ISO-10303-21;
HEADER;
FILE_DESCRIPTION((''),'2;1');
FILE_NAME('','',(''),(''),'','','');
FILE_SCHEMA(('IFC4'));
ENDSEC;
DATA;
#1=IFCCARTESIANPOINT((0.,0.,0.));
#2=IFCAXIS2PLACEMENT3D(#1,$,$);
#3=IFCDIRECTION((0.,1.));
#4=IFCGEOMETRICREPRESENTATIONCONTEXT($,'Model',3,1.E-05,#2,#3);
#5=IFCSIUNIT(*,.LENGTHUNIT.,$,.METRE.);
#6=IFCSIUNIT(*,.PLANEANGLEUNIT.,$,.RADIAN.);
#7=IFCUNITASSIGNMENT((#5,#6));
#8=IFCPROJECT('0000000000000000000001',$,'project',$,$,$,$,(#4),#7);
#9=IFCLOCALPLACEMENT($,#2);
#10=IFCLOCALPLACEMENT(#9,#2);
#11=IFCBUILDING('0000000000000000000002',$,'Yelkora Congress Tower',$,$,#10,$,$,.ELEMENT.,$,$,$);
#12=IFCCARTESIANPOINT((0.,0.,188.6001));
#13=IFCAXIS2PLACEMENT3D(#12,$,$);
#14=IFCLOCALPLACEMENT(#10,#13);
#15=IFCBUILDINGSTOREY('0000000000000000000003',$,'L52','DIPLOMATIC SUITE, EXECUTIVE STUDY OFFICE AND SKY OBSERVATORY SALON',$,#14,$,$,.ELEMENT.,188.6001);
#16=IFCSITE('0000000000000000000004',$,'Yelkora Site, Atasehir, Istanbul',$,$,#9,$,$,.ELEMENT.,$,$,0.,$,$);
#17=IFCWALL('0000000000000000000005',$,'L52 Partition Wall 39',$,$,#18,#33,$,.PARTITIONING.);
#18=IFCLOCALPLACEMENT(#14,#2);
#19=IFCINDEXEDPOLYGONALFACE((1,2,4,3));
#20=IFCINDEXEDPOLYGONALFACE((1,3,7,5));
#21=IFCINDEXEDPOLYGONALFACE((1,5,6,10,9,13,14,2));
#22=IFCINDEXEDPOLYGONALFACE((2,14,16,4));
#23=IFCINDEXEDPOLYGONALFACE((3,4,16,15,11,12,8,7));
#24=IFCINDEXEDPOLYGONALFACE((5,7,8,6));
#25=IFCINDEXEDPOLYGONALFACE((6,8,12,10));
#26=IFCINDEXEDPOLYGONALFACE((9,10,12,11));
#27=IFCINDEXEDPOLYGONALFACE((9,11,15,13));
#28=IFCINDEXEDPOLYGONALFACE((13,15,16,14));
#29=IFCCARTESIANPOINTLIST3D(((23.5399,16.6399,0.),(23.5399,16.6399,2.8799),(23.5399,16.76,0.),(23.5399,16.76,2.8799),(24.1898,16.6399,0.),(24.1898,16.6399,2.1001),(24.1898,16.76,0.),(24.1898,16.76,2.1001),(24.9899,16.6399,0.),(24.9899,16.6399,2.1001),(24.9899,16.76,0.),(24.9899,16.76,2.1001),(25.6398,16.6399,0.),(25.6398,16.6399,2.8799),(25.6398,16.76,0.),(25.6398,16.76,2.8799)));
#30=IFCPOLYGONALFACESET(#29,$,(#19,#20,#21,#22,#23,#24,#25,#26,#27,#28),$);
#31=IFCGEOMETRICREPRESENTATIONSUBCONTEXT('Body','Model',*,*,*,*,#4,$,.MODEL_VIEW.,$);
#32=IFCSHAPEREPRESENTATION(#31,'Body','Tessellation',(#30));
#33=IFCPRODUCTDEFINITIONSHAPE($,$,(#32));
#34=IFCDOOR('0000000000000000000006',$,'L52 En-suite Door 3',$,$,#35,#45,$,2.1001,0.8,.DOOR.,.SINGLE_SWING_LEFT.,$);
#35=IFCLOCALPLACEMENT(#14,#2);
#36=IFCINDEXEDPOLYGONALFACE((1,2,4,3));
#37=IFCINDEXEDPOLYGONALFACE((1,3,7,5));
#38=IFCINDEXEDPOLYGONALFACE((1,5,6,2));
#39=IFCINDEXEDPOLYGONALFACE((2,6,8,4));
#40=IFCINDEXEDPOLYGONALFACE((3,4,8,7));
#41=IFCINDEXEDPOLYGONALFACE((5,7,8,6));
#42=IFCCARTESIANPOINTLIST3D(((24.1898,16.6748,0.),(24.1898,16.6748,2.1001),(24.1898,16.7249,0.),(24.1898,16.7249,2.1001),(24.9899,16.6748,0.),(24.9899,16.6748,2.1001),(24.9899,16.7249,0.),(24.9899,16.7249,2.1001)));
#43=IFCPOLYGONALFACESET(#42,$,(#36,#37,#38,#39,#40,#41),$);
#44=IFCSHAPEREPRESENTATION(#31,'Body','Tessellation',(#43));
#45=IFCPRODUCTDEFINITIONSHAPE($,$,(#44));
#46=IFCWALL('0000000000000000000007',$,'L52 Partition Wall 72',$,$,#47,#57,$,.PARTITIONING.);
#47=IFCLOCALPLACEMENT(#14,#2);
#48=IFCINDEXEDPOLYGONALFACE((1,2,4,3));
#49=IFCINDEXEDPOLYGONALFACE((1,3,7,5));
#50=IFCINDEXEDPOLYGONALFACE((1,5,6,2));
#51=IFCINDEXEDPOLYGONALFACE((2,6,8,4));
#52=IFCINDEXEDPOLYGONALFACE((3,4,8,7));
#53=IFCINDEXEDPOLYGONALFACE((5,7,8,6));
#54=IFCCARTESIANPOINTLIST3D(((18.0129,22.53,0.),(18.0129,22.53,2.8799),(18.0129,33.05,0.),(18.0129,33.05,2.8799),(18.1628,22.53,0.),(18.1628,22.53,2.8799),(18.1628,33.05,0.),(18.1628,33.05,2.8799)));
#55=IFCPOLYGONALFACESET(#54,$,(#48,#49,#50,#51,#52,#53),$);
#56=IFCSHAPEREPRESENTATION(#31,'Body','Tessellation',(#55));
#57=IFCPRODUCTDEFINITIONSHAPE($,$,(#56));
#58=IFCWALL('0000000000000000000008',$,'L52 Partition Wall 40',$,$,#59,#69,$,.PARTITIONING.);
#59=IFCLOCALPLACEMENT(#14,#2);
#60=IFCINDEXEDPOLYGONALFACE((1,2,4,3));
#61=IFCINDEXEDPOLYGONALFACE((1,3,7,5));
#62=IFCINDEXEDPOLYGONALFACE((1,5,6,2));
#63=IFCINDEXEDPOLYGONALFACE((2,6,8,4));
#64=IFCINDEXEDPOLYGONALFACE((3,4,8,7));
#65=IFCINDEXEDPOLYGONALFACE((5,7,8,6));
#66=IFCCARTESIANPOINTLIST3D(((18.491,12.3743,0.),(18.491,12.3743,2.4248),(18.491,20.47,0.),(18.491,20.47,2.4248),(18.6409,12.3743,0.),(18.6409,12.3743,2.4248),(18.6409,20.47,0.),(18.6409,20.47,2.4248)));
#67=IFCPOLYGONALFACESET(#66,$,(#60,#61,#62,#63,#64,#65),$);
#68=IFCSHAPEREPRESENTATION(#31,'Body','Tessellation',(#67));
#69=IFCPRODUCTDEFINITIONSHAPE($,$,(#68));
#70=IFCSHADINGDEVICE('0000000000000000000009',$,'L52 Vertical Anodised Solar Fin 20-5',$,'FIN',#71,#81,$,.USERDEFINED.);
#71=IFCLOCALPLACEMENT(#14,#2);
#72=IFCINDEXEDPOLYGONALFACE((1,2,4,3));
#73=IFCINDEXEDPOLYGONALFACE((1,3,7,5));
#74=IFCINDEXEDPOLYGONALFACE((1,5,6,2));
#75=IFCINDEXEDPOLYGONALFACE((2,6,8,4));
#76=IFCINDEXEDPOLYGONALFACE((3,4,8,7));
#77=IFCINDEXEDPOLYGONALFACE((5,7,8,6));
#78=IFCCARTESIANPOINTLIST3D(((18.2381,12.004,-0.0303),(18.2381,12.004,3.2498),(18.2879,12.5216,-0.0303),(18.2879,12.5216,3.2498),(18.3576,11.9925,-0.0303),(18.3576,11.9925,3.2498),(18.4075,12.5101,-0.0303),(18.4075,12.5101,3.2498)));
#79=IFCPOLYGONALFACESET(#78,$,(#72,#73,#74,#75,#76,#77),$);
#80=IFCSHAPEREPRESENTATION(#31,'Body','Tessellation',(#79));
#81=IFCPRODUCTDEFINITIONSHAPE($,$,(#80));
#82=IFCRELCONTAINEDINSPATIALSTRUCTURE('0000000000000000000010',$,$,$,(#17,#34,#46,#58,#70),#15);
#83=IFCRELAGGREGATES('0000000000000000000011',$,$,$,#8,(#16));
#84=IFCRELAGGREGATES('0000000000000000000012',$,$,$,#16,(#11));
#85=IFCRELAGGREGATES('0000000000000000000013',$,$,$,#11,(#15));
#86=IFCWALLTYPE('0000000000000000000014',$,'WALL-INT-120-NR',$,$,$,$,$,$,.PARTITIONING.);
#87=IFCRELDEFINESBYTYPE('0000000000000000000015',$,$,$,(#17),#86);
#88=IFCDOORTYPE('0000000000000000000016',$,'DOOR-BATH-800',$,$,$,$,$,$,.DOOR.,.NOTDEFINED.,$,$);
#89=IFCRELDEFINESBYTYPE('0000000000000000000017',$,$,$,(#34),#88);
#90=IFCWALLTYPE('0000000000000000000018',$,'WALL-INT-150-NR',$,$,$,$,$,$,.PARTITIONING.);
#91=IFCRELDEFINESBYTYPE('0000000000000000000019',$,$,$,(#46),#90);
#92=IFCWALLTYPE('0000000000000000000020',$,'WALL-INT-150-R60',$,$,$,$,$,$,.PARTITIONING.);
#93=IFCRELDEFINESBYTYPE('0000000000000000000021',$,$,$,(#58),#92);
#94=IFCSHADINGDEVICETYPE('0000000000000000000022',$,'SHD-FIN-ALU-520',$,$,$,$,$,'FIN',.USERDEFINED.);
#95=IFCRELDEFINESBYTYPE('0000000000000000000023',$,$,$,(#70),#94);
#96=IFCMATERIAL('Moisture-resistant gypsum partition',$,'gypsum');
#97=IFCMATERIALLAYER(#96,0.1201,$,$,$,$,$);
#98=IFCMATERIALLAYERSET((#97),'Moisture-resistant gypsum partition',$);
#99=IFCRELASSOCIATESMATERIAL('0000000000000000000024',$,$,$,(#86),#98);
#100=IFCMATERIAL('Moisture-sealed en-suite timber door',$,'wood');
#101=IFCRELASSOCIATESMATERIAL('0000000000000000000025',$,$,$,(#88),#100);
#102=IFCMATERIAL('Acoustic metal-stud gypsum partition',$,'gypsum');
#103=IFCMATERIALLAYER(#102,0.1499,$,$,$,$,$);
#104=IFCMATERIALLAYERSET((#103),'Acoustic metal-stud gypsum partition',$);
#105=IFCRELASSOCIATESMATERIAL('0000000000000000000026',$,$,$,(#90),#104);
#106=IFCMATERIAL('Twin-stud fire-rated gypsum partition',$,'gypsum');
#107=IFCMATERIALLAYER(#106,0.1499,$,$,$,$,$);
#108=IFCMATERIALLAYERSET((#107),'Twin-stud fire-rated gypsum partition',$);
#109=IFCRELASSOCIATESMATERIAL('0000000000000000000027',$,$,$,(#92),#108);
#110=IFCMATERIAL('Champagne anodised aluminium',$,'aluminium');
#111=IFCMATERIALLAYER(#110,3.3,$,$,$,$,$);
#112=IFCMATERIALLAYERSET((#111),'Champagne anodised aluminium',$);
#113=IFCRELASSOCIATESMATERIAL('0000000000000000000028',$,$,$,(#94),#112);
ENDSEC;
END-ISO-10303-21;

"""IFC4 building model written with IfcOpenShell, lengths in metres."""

from ifc_helpers import new_model, si_unit, direction, frame, frame_2d, origin, origin_2d, place, context, subcontext, project, spatial, rectangle, extrude, material, layer, layer_set, type_object, element, fill, save


model = new_model("IFC4")

# Units and contexts
model_context = context("Model", 3, precision=1e-05, world=origin(), true_north=direction((0.0, 1.0)))
body_context = subcontext(model_context, "Body", "Model", "MODEL_VIEW")
ifc_project = project(units=[si_unit("LENGTHUNIT", "METRE"), si_unit("PLANEANGLEUNIT", "RADIAN")], contexts=[model_context])

# Site, building, storey
site_placement = place(None, origin())
site = spatial("IfcSite", under=ifc_project, at=site_placement, Name="Yelkora Site, Atasehir, Istanbul", CompositionType="ELEMENT", RefElevation=0.0)
building_placement = place(site_placement, origin())
building = spatial("IfcBuilding", under=site, at=building_placement, Name="Yelkora Congress Tower", CompositionType="ELEMENT")
storey_placement = place(building_placement, frame((0.0, 0.0, 188.6001)))
storey = spatial("IfcBuildingStorey", under=building, at=storey_placement, Name="L52", Description="DIPLOMATIC SUITE, EXECUTIVE STUDY OFFICE AND SKY OBSERVATORY SALON", CompositionType="ELEMENT", Elevation=188.6001)

# Shared definitions
ifc_material_1 = material(Name="Moisture-resistant gypsum partition", Category="gypsum")
ifc_layer_1 = layer(ifc_material_1, 0.1201)
ifc_layer_set_1 = layer_set([ifc_layer_1], Name="Moisture-resistant gypsum partition")
wall_type_1 = type_object("IfcWallType", Name="WALL-INT-120-NR", PredefinedType="PARTITIONING", material=ifc_layer_set_1)

# Shared definitions
ifc_material_2 = material(Name="Moisture-sealed en-suite timber door", Category="wood")
door_type = type_object("IfcDoorType", Name="DOOR-BATH-800", OperationType="NOTDEFINED", PredefinedType="DOOR", material=ifc_material_2)

# Wall, opening, door
wall_1_placement = place(storey_placement, frame((23.54, 16.7, 0.0), z_axis=(0.0, 0.0, 1.0), x_axis=(1.0, 0.0, 0.0)))
wall_1 = element("IfcWall", 1, at=wall_1_placement, inside=storey, type_object=wall_type_1, Name="L52 Partition Wall 39", PredefinedType="PARTITIONING", context=body_context, shape_type="SweptSolid", body=[
    extrude(rectangle(XDim=2.0999, YDim=0.1201, at=frame_2d((1.0498, 0.0))), origin(), (0.0, 0.0, 1.0), 2.8799),
])
opening_1_placement = place(wall_1_placement, frame((0.6499, 0.0, 0.0)))
opening_1 = element("IfcOpeningElement", 2, at=opening_1_placement, cuts=wall_1, PredefinedType="OPENING", context=body_context, shape_type="SweptSolid", body=[
    extrude(rectangle(XDim=0.8, YDim=2.1001, at=frame_2d((0.3999, 1.05))), frame((0.0, 0.0701, 0.0), z_axis=(0.0, -1.0, 0.0), x_axis=(1.0, 0.0, 0.0)), (0.0, 0.0, 1.0), 0.1401),
])
door_1_placement = place(opening_1_placement, origin())
door_1 = element("IfcDoor", 3, at=door_1_placement, inside=storey, type_object=door_type, Name="L52 En-suite Door 3", OperationType="SINGLE_SWING_LEFT", OverallHeight=2.1001, OverallWidth=0.8, PredefinedType="DOOR", context=body_context, shape_type="SweptSolid", body=[
    extrude(rectangle(XDim=0.8, YDim=2.1001, at=frame_2d((0.3999, 1.05))), frame((0.0, 0.0249, 0.0), z_axis=(0.0, -1.0, 0.0), x_axis=(1.0, 0.0, 0.0)), (0.0, 0.0, 1.0), 0.05),
])
fill(opening_1, door_1)

# Walls
ifc_material_3 = material(Name="Acoustic metal-stud gypsum partition", Category="gypsum")
ifc_layer_2 = layer(ifc_material_3, 0.1499)
ifc_layer_set_2 = layer_set([ifc_layer_2], Name="Acoustic metal-stud gypsum partition")
wall_type_2 = type_object("IfcWallType", Name="WALL-INT-150-NR", PredefinedType="PARTITIONING", material=ifc_layer_set_2)
wall_2_placement = place(storey_placement, frame((18.0879, 22.53, 0.0), z_axis=(0.0, 0.0, 1.0), x_axis=(0.0, 1.0, 0.0)))
element("IfcWall", 4, at=wall_2_placement, inside=storey, type_object=wall_type_2, Name="L52 Partition Wall 72", PredefinedType="PARTITIONING", context=body_context, shape_type="SweptSolid", body=[
    extrude(rectangle(XDim=10.52, YDim=0.1499, at=frame_2d((5.26, 0.0))), origin(), (0.0, 0.0, 1.0), 2.8799),
])
ifc_material_4 = material(Name="Twin-stud fire-rated gypsum partition", Category="gypsum")
ifc_layer_3 = layer(ifc_material_4, 0.1499)
ifc_layer_set_3 = layer_set([ifc_layer_3], Name="Twin-stud fire-rated gypsum partition")
wall_type_3 = type_object("IfcWallType", Name="WALL-INT-150-R60", PredefinedType="PARTITIONING", material=ifc_layer_set_3)
wall_3_placement = place(storey_placement, frame((18.5659, 12.3743, 0.0), z_axis=(0.0, 0.0, 1.0), x_axis=(0.0, 1.0, 0.0)))
element("IfcWall", 5, at=wall_3_placement, inside=storey, type_object=wall_type_3, Name="L52 Partition Wall 40", PredefinedType="PARTITIONING", context=body_context, shape_type="SweptSolid", body=[
    extrude(rectangle(XDim=8.0957, YDim=0.1499, at=frame_2d((4.0479, 0.0))), origin(), (0.0, 0.0, 1.0), 2.4248),
])

# Shading device
ifc_material_5 = material(Name="Champagne anodised aluminium", Category="aluminium")
ifc_layer_4 = layer(ifc_material_5, 3.3)
ifc_layer_set_4 = layer_set([ifc_layer_4], Name="Champagne anodised aluminium")
shading_device_type = type_object("IfcShadingDeviceType", Name="SHD-FIN-ALU-520", ElementType="FIN", PredefinedType="USERDEFINED", material=ifc_layer_set_4)
shading_device_placement = place(storey_placement, frame((18.3228, 12.2571, -0.0303), z_axis=(0.0, 0.0, 1.0), x_axis=(-0.995396, 0.095846, 0.0)))
element("IfcShadingDevice", 6, at=shading_device_placement, inside=storey, type_object=shading_device_type, Name="L52 Vertical Anodised Solar Fin 20-5", ObjectType="FIN", PredefinedType="USERDEFINED", context=body_context, shape_type="SweptSolid", body=[
    extrude(rectangle(XDim=0.1201, YDim=0.52, at=origin_2d()), origin(), (0.0, 0.0, 1.0), 3.28),
])

save(model, "model.ifc")
